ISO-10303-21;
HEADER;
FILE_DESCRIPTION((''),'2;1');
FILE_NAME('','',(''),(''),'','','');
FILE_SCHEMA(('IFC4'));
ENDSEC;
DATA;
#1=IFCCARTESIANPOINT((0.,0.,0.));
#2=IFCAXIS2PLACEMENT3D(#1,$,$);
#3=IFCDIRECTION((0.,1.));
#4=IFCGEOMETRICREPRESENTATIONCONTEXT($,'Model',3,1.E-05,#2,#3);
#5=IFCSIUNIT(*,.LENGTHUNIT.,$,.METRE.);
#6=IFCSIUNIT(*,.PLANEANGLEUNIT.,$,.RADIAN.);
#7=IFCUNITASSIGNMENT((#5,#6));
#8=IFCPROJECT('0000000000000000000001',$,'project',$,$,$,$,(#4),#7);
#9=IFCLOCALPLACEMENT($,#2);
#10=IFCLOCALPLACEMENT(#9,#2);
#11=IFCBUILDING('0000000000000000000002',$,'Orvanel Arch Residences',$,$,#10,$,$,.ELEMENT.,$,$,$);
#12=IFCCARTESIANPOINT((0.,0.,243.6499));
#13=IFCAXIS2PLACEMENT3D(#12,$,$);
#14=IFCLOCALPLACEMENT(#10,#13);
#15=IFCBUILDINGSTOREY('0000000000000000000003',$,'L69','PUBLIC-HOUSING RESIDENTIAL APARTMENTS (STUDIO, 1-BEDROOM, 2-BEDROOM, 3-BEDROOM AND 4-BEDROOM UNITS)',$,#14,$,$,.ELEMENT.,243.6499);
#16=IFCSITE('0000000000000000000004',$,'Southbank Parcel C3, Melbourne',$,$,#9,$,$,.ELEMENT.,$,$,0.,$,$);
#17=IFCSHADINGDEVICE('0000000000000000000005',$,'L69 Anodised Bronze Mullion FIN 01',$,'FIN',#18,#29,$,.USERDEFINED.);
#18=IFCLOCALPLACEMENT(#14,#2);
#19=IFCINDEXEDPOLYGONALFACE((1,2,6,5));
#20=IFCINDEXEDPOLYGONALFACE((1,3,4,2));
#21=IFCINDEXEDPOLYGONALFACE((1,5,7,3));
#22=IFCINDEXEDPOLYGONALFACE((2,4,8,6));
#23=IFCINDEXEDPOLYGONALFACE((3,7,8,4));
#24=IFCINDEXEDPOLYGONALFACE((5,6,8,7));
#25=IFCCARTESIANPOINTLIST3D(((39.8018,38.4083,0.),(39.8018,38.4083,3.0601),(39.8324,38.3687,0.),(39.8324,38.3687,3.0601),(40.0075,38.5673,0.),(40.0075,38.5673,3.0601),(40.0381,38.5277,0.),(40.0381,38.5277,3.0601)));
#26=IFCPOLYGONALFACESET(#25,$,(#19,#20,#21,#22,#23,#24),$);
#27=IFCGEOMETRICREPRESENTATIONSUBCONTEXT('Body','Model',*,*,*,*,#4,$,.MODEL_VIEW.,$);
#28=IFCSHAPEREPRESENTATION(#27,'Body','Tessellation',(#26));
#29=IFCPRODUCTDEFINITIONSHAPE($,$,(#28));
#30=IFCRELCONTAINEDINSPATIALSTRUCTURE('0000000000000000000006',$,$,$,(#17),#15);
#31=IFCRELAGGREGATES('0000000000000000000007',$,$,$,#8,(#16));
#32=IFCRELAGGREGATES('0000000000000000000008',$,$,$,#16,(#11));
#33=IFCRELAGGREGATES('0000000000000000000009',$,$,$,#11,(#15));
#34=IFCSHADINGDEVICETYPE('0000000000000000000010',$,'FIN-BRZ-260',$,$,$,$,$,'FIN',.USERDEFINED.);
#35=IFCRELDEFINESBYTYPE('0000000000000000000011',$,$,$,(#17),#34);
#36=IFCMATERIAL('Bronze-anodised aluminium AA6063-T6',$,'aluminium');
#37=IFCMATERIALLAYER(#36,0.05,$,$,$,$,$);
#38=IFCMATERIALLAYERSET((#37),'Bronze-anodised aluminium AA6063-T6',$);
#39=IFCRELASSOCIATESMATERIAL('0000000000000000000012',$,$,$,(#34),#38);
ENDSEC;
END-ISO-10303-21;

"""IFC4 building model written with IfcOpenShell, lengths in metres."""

from ifc_helpers import new_model, si_unit, direction, frame, origin, origin_2d, place, context, subcontext, project, spatial, rectangle, extrude, material, layer, layer_set, type_object, element, save


model = new_model("IFC4")

# Units and contexts
model_context = context("Model", 3, precision=1e-05, world=origin(), true_north=direction((0.0, 1.0)))
body_context = subcontext(model_context, "Body", "Model", "MODEL_VIEW")
ifc_project = project(units=[si_unit("LENGTHUNIT", "METRE"), si_unit("PLANEANGLEUNIT", "RADIAN")], contexts=[model_context])

# Site, building, storey
site_placement = place(None, origin())
site = spatial("IfcSite", under=ifc_project, at=site_placement, Name="Southbank Parcel C3, Melbourne", CompositionType="ELEMENT", RefElevation=0.0)
building_placement = place(site_placement, origin())
building = spatial("IfcBuilding", under=site, at=building_placement, Name="Orvanel Arch Residences", CompositionType="ELEMENT")
storey_placement = place(building_placement, frame((0.0, 0.0, 243.6499)))
storey = spatial("IfcBuildingStorey", under=building, at=storey_placement, Name="L69", Description="PUBLIC-HOUSING RESIDENTIAL APARTMENTS (STUDIO, 1-BEDROOM, 2-BEDROOM, 3-BEDROOM AND 4-BEDROOM UNITS)", CompositionType="ELEMENT", Elevation=243.6499)

# Shared definitions
ifc_material_1 = material(Name="Bronze-anodised aluminium AA6063-T6", Category="aluminium")

# Shading device
ifc_layer_1 = layer(ifc_material_1, 0.05)
ifc_layer_set_1 = layer_set([ifc_layer_1], Name="Bronze-anodised aluminium AA6063-T6")
shading_device_type = type_object("IfcShadingDeviceType", Name="FIN-BRZ-260", ElementType="FIN", PredefinedType="USERDEFINED", material=ifc_layer_set_1)
shading_device_placement = place(storey_placement, frame((39.9199, 38.468, 0.0), z_axis=(0.0, 0.0, 1.0), x_axis=(0.791224, 0.611527, 0.0)))
element("IfcShadingDevice", 1, at=shading_device_placement, inside=storey, type_object=shading_device_type, Name="L69 Anodised Bronze Mullion FIN 01", ObjectType="FIN", PredefinedType="USERDEFINED", context=body_context, shape_type="SweptSolid", body=[
    extrude(rectangle(XDim=0.26, YDim=0.05, at=origin_2d()), origin(), (0.0, 0.0, 1.0), 3.0601),
])

save(model, "model.ifc")
